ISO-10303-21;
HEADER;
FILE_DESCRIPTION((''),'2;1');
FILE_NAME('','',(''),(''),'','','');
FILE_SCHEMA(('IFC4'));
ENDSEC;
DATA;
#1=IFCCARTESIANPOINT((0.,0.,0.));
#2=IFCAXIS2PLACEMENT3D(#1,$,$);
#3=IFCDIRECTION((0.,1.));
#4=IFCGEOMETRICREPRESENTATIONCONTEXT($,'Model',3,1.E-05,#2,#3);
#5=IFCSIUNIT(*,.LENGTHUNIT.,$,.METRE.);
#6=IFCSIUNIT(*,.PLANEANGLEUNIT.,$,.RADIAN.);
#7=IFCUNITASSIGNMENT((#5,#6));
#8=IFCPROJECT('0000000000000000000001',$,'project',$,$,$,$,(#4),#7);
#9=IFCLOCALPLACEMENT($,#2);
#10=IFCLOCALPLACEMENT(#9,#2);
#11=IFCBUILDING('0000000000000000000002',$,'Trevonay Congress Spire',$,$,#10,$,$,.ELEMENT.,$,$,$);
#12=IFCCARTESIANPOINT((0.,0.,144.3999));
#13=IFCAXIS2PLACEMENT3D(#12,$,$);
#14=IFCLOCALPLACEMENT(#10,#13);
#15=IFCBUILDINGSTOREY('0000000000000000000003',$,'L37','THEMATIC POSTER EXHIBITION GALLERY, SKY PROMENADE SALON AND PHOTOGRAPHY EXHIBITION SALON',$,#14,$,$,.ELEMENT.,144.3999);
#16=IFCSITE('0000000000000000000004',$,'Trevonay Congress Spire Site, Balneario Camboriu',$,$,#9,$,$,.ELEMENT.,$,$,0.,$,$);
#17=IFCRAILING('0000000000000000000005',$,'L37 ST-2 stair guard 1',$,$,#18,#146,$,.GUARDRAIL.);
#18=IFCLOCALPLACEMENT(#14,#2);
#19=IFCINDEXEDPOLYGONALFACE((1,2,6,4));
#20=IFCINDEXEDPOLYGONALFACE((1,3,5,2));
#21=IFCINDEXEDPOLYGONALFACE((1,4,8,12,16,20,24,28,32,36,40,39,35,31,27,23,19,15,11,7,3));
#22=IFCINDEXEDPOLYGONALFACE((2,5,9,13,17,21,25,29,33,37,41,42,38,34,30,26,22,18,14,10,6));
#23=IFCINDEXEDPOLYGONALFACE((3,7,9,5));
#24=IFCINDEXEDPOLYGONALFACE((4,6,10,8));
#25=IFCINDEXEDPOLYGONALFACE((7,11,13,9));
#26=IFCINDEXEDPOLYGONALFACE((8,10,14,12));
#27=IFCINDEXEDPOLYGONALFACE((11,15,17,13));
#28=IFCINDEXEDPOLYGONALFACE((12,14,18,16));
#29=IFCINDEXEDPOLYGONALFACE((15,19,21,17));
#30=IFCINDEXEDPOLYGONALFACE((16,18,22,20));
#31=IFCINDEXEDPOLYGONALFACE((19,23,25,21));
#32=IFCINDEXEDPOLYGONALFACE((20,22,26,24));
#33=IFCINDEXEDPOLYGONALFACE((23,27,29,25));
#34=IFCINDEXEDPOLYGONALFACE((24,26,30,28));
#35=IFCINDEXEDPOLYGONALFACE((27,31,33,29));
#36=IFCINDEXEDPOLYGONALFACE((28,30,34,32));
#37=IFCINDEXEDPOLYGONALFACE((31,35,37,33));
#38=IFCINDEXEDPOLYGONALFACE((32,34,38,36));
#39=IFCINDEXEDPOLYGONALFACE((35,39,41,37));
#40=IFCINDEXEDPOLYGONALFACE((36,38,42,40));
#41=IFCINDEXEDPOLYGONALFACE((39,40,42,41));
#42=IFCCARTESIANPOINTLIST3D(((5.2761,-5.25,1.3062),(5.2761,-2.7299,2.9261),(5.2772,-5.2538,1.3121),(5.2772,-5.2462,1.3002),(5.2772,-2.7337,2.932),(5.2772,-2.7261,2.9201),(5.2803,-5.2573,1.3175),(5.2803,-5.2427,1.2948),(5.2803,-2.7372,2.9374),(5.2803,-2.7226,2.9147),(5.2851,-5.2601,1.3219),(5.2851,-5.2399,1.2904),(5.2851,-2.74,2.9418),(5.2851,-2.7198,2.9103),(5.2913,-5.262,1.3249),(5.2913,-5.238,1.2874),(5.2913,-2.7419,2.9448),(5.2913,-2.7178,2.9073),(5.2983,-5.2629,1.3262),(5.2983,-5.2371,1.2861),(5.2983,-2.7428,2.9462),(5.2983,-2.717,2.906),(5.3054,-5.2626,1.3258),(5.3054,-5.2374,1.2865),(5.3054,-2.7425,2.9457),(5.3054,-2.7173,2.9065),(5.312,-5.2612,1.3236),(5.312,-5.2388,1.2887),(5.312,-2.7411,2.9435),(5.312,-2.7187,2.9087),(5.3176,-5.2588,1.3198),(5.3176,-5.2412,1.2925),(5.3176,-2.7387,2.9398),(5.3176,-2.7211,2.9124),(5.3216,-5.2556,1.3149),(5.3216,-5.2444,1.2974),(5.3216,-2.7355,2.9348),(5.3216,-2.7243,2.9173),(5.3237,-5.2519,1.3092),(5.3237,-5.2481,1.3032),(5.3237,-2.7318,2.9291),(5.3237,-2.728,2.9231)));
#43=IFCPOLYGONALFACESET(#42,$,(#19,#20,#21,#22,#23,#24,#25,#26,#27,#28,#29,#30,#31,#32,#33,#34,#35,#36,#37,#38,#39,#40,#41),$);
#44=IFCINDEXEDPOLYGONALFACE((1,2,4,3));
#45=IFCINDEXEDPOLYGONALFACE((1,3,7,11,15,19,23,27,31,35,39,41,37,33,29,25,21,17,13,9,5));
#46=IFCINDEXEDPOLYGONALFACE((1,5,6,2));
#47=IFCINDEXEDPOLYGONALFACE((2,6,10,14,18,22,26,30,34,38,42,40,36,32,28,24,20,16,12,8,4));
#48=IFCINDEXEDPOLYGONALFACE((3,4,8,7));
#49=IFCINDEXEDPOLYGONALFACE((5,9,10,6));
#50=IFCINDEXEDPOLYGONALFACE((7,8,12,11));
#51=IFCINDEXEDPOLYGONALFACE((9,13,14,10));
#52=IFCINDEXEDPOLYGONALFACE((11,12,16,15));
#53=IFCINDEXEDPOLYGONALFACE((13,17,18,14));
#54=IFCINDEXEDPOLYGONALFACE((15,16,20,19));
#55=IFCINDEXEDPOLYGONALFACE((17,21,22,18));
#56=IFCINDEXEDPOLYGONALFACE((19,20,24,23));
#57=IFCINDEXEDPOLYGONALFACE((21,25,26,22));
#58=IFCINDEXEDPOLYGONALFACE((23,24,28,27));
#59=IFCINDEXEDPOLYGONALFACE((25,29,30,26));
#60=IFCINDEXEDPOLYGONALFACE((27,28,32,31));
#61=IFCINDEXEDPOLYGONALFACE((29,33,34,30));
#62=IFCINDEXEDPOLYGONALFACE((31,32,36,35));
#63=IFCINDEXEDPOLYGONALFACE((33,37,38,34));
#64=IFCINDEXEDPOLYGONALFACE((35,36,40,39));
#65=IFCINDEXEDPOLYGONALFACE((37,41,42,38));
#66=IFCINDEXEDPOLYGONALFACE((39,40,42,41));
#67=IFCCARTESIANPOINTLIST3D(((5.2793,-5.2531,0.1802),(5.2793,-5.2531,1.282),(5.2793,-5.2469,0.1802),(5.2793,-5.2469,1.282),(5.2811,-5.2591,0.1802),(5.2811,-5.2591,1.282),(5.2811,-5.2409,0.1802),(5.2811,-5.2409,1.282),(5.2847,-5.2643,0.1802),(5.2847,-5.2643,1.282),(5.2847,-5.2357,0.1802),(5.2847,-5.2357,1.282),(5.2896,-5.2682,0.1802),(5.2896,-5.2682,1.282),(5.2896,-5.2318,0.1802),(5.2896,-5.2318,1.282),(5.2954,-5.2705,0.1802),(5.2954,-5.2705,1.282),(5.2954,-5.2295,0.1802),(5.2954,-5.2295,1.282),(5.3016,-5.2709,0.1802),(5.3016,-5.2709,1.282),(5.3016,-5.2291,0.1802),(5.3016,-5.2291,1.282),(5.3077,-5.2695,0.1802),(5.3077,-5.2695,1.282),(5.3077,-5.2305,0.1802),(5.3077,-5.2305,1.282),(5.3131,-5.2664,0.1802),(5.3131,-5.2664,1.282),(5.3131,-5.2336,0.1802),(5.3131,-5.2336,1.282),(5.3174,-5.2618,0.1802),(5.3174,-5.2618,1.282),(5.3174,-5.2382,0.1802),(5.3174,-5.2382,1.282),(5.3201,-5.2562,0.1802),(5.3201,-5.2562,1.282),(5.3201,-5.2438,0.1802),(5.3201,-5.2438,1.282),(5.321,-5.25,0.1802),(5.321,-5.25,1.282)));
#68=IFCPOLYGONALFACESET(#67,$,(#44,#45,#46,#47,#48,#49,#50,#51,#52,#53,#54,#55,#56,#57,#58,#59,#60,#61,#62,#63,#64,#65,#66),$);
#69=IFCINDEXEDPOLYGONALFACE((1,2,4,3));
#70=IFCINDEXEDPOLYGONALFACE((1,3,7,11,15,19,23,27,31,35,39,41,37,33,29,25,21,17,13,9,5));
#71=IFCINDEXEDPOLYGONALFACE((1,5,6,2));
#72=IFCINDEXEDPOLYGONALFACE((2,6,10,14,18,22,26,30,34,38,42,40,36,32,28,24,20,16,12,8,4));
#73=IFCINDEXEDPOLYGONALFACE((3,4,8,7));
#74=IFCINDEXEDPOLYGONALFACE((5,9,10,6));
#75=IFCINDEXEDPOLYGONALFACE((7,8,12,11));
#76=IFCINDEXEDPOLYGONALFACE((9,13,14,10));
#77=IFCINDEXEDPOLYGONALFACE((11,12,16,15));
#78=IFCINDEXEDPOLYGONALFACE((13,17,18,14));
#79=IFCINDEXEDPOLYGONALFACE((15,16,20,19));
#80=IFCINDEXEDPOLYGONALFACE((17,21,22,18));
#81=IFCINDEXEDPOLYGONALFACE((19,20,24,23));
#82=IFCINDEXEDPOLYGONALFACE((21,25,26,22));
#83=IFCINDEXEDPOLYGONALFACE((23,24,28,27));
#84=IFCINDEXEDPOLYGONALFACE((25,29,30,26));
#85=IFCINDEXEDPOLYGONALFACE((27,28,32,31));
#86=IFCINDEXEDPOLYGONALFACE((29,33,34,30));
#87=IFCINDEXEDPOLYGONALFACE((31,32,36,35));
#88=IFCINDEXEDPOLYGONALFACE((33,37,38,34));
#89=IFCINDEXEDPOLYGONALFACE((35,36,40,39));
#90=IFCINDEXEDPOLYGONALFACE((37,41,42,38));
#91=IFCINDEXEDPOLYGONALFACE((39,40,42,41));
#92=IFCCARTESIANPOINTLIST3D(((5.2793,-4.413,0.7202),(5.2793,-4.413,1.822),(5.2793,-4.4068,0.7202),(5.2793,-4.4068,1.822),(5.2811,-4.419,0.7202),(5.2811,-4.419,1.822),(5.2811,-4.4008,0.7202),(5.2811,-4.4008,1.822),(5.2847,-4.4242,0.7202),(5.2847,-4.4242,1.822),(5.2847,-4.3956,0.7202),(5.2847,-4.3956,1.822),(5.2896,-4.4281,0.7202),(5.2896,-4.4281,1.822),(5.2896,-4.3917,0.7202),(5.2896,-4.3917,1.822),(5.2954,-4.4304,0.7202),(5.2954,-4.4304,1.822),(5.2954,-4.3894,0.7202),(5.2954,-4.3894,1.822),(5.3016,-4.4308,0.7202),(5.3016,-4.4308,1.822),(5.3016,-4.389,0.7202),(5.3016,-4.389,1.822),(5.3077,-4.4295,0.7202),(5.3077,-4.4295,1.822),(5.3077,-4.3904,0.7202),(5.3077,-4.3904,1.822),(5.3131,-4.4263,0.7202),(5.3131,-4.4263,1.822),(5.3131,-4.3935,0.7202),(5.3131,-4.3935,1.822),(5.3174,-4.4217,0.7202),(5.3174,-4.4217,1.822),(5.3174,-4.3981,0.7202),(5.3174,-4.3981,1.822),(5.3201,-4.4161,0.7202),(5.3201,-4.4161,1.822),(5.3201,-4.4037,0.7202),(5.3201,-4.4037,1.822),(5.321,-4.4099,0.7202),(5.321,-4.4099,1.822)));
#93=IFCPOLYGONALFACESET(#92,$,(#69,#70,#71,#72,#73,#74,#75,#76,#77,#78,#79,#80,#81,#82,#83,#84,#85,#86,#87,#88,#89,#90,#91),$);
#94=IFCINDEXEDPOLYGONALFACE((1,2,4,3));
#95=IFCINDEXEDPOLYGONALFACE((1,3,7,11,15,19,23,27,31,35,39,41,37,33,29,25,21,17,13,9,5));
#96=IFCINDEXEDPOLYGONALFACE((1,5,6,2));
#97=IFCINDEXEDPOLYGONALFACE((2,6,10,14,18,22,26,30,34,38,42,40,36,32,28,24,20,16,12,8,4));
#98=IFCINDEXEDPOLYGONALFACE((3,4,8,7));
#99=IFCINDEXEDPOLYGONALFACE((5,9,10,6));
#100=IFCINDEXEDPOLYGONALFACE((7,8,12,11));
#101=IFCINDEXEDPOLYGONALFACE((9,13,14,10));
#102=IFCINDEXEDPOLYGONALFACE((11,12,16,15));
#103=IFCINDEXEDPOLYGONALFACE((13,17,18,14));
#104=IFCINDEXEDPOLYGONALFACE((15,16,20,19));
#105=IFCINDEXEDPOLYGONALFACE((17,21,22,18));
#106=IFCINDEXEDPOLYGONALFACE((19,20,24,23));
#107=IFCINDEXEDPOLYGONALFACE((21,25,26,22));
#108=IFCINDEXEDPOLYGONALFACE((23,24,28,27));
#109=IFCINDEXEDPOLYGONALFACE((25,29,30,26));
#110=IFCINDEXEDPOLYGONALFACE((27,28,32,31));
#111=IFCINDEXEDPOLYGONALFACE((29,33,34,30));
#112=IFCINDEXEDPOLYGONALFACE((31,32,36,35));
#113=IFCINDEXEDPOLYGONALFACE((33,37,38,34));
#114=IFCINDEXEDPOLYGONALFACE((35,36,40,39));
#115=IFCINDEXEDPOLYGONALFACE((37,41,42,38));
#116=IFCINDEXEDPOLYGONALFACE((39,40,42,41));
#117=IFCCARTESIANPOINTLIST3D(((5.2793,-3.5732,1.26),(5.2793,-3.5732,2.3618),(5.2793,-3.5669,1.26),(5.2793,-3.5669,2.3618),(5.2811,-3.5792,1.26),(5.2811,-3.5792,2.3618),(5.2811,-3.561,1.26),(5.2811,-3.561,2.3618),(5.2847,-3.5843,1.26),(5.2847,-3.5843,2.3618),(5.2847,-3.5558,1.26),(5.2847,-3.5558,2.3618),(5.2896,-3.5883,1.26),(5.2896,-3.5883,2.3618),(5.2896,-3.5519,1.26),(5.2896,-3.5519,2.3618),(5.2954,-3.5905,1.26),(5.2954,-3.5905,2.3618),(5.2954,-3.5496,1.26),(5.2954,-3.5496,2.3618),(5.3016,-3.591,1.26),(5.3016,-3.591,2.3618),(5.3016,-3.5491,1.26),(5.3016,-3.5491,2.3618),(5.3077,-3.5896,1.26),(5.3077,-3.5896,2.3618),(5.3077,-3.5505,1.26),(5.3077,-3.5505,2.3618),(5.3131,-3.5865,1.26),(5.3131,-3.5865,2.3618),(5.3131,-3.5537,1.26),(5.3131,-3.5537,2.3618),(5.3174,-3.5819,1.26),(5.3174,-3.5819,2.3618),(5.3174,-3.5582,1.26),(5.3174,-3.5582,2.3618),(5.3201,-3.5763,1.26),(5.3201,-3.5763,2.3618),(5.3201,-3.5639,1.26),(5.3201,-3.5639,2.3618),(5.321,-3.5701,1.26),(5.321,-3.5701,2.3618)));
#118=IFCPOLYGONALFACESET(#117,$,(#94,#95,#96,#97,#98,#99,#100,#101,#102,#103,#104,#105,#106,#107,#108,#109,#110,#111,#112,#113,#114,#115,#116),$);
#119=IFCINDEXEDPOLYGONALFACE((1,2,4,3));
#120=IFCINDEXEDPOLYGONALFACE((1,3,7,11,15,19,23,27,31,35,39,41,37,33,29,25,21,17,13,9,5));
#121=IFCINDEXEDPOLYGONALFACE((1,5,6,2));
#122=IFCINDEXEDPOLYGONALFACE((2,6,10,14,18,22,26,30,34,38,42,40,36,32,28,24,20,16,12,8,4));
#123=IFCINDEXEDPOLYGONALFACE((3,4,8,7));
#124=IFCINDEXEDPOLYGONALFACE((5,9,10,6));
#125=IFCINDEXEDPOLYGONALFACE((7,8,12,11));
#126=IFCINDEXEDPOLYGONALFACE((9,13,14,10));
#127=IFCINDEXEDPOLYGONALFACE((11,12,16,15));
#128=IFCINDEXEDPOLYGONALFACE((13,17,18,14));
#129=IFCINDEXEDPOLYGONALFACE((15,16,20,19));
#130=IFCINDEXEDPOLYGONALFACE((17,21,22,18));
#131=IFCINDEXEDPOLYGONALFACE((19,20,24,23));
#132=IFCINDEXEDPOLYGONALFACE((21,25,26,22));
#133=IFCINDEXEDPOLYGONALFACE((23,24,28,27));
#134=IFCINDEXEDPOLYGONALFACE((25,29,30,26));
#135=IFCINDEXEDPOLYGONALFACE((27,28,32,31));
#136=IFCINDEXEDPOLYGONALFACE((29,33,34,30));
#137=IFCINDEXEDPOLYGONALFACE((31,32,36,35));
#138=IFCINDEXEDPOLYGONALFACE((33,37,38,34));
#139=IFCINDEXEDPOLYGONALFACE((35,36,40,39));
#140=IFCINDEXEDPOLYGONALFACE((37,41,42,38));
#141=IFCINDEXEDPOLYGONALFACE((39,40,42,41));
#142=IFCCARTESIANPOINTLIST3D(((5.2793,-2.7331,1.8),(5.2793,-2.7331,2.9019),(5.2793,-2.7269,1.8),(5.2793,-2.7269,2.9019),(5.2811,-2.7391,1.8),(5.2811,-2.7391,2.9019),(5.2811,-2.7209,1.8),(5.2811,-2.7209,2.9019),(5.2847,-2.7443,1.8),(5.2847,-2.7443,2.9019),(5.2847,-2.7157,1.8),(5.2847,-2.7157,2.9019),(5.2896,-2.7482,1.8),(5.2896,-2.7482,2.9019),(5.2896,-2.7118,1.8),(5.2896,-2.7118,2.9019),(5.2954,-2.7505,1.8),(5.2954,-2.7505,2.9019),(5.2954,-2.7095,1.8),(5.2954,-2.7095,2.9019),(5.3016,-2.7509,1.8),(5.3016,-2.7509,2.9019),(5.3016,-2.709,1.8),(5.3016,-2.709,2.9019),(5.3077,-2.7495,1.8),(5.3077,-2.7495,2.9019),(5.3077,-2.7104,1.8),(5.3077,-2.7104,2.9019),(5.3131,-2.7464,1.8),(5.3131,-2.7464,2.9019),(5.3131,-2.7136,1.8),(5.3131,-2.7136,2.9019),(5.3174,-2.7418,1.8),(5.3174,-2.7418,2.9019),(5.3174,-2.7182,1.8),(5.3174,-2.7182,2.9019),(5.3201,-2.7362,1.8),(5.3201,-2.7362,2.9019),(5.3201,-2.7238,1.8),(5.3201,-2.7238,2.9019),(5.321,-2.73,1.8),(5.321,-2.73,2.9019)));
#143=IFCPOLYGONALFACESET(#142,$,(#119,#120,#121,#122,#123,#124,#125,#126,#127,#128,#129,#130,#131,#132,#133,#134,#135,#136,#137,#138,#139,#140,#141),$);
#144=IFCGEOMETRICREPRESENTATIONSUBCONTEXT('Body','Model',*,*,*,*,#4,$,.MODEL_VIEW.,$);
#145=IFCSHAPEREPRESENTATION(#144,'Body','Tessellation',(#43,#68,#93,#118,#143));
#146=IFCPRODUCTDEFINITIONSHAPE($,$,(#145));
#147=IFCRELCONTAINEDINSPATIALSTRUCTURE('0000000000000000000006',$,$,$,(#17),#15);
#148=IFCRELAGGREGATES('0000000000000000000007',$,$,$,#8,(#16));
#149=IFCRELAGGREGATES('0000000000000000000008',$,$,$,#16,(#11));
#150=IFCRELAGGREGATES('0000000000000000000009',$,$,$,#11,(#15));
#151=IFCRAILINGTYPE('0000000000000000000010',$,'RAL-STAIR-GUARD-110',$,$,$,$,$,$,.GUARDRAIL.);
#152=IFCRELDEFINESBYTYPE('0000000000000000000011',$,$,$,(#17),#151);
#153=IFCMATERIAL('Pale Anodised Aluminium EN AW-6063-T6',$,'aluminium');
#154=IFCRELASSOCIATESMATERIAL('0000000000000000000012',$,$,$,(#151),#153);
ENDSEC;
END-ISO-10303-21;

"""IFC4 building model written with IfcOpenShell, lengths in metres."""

from ifc_helpers import new_model, si_unit, direction, frame, origin, origin_2d, place, context, subcontext, project, spatial, circle, extrude, material, type_object, element, save


model = new_model("IFC4")

# Units and contexts
model_context = context("Model", 3, precision=1e-05, world=origin(), true_north=direction((0.0, 1.0)))
body_context = subcontext(model_context, "Body", "Model", "MODEL_VIEW")
ifc_project = project(units=[si_unit("LENGTHUNIT", "METRE"), si_unit("PLANEANGLEUNIT", "RADIAN")], contexts=[model_context])

# Site, building, storey
site_placement = place(None, origin())
site = spatial("IfcSite", under=ifc_project, at=site_placement, Name="Trevonay Congress Spire Site, Balneario Camboriu", CompositionType="ELEMENT", RefElevation=0.0)
building_placement = place(site_placement, origin())
building = spatial("IfcBuilding", under=site, at=building_placement, Name="Trevonay Congress Spire", CompositionType="ELEMENT")
storey_placement = place(building_placement, frame((0.0, 0.0, 144.3999)))
storey = spatial("IfcBuildingStorey", under=building, at=storey_placement, Name="L37", Description="THEMATIC POSTER EXHIBITION GALLERY, SKY PROMENADE SALON AND PHOTOGRAPHY EXHIBITION SALON", CompositionType="ELEMENT", Elevation=144.3999)

# Shared definitions
ifc_material_1 = material(Name="Pale Anodised Aluminium EN AW-6063-T6", Category="aluminium")

# Railing
railing_type_1 = type_object("IfcRailingType", Name="RAL-STAIR-GUARD-110", PredefinedType="GUARDRAIL", material=ifc_material_1)
railing_1_placement = place(storey_placement, frame((5.3, -5.25, 0.1802)))
element("IfcRailing", 1, at=railing_1_placement, inside=storey, type_object=railing_type_1, Name="L37 ST-2 stair guard 1", PredefinedType="GUARDRAIL", context=body_context, shape_type="SweptSolid", body=[
    extrude(circle(Radius=0.0239, at=origin_2d()), frame((0.0, 0.0, 1.126), z_axis=(0.0, 0.8412, 0.540725), x_axis=(-1.0, 0.0, 0.0)), (0.0, 0.0, 1.0), 2.9958),
    extrude(circle(Radius=0.021, at=origin_2d()), origin(), (0.0, 0.0, 1.0), 1.1018),
    extrude(circle(Radius=0.021, at=origin_2d()), frame((0.0, 0.8401, 0.54)), (0.0, 0.0, 1.0), 1.1018),
    extrude(circle(Radius=0.021, at=origin_2d()), frame((0.0, 1.6799, 1.0798)), (0.0, 0.0, 1.0), 1.1018),
    extrude(circle(Radius=0.021, at=origin_2d()), frame((0.0, 2.52, 1.6199)), (0.0, 0.0, 1.0), 1.1018),
])

save(model, "model.ifc")
